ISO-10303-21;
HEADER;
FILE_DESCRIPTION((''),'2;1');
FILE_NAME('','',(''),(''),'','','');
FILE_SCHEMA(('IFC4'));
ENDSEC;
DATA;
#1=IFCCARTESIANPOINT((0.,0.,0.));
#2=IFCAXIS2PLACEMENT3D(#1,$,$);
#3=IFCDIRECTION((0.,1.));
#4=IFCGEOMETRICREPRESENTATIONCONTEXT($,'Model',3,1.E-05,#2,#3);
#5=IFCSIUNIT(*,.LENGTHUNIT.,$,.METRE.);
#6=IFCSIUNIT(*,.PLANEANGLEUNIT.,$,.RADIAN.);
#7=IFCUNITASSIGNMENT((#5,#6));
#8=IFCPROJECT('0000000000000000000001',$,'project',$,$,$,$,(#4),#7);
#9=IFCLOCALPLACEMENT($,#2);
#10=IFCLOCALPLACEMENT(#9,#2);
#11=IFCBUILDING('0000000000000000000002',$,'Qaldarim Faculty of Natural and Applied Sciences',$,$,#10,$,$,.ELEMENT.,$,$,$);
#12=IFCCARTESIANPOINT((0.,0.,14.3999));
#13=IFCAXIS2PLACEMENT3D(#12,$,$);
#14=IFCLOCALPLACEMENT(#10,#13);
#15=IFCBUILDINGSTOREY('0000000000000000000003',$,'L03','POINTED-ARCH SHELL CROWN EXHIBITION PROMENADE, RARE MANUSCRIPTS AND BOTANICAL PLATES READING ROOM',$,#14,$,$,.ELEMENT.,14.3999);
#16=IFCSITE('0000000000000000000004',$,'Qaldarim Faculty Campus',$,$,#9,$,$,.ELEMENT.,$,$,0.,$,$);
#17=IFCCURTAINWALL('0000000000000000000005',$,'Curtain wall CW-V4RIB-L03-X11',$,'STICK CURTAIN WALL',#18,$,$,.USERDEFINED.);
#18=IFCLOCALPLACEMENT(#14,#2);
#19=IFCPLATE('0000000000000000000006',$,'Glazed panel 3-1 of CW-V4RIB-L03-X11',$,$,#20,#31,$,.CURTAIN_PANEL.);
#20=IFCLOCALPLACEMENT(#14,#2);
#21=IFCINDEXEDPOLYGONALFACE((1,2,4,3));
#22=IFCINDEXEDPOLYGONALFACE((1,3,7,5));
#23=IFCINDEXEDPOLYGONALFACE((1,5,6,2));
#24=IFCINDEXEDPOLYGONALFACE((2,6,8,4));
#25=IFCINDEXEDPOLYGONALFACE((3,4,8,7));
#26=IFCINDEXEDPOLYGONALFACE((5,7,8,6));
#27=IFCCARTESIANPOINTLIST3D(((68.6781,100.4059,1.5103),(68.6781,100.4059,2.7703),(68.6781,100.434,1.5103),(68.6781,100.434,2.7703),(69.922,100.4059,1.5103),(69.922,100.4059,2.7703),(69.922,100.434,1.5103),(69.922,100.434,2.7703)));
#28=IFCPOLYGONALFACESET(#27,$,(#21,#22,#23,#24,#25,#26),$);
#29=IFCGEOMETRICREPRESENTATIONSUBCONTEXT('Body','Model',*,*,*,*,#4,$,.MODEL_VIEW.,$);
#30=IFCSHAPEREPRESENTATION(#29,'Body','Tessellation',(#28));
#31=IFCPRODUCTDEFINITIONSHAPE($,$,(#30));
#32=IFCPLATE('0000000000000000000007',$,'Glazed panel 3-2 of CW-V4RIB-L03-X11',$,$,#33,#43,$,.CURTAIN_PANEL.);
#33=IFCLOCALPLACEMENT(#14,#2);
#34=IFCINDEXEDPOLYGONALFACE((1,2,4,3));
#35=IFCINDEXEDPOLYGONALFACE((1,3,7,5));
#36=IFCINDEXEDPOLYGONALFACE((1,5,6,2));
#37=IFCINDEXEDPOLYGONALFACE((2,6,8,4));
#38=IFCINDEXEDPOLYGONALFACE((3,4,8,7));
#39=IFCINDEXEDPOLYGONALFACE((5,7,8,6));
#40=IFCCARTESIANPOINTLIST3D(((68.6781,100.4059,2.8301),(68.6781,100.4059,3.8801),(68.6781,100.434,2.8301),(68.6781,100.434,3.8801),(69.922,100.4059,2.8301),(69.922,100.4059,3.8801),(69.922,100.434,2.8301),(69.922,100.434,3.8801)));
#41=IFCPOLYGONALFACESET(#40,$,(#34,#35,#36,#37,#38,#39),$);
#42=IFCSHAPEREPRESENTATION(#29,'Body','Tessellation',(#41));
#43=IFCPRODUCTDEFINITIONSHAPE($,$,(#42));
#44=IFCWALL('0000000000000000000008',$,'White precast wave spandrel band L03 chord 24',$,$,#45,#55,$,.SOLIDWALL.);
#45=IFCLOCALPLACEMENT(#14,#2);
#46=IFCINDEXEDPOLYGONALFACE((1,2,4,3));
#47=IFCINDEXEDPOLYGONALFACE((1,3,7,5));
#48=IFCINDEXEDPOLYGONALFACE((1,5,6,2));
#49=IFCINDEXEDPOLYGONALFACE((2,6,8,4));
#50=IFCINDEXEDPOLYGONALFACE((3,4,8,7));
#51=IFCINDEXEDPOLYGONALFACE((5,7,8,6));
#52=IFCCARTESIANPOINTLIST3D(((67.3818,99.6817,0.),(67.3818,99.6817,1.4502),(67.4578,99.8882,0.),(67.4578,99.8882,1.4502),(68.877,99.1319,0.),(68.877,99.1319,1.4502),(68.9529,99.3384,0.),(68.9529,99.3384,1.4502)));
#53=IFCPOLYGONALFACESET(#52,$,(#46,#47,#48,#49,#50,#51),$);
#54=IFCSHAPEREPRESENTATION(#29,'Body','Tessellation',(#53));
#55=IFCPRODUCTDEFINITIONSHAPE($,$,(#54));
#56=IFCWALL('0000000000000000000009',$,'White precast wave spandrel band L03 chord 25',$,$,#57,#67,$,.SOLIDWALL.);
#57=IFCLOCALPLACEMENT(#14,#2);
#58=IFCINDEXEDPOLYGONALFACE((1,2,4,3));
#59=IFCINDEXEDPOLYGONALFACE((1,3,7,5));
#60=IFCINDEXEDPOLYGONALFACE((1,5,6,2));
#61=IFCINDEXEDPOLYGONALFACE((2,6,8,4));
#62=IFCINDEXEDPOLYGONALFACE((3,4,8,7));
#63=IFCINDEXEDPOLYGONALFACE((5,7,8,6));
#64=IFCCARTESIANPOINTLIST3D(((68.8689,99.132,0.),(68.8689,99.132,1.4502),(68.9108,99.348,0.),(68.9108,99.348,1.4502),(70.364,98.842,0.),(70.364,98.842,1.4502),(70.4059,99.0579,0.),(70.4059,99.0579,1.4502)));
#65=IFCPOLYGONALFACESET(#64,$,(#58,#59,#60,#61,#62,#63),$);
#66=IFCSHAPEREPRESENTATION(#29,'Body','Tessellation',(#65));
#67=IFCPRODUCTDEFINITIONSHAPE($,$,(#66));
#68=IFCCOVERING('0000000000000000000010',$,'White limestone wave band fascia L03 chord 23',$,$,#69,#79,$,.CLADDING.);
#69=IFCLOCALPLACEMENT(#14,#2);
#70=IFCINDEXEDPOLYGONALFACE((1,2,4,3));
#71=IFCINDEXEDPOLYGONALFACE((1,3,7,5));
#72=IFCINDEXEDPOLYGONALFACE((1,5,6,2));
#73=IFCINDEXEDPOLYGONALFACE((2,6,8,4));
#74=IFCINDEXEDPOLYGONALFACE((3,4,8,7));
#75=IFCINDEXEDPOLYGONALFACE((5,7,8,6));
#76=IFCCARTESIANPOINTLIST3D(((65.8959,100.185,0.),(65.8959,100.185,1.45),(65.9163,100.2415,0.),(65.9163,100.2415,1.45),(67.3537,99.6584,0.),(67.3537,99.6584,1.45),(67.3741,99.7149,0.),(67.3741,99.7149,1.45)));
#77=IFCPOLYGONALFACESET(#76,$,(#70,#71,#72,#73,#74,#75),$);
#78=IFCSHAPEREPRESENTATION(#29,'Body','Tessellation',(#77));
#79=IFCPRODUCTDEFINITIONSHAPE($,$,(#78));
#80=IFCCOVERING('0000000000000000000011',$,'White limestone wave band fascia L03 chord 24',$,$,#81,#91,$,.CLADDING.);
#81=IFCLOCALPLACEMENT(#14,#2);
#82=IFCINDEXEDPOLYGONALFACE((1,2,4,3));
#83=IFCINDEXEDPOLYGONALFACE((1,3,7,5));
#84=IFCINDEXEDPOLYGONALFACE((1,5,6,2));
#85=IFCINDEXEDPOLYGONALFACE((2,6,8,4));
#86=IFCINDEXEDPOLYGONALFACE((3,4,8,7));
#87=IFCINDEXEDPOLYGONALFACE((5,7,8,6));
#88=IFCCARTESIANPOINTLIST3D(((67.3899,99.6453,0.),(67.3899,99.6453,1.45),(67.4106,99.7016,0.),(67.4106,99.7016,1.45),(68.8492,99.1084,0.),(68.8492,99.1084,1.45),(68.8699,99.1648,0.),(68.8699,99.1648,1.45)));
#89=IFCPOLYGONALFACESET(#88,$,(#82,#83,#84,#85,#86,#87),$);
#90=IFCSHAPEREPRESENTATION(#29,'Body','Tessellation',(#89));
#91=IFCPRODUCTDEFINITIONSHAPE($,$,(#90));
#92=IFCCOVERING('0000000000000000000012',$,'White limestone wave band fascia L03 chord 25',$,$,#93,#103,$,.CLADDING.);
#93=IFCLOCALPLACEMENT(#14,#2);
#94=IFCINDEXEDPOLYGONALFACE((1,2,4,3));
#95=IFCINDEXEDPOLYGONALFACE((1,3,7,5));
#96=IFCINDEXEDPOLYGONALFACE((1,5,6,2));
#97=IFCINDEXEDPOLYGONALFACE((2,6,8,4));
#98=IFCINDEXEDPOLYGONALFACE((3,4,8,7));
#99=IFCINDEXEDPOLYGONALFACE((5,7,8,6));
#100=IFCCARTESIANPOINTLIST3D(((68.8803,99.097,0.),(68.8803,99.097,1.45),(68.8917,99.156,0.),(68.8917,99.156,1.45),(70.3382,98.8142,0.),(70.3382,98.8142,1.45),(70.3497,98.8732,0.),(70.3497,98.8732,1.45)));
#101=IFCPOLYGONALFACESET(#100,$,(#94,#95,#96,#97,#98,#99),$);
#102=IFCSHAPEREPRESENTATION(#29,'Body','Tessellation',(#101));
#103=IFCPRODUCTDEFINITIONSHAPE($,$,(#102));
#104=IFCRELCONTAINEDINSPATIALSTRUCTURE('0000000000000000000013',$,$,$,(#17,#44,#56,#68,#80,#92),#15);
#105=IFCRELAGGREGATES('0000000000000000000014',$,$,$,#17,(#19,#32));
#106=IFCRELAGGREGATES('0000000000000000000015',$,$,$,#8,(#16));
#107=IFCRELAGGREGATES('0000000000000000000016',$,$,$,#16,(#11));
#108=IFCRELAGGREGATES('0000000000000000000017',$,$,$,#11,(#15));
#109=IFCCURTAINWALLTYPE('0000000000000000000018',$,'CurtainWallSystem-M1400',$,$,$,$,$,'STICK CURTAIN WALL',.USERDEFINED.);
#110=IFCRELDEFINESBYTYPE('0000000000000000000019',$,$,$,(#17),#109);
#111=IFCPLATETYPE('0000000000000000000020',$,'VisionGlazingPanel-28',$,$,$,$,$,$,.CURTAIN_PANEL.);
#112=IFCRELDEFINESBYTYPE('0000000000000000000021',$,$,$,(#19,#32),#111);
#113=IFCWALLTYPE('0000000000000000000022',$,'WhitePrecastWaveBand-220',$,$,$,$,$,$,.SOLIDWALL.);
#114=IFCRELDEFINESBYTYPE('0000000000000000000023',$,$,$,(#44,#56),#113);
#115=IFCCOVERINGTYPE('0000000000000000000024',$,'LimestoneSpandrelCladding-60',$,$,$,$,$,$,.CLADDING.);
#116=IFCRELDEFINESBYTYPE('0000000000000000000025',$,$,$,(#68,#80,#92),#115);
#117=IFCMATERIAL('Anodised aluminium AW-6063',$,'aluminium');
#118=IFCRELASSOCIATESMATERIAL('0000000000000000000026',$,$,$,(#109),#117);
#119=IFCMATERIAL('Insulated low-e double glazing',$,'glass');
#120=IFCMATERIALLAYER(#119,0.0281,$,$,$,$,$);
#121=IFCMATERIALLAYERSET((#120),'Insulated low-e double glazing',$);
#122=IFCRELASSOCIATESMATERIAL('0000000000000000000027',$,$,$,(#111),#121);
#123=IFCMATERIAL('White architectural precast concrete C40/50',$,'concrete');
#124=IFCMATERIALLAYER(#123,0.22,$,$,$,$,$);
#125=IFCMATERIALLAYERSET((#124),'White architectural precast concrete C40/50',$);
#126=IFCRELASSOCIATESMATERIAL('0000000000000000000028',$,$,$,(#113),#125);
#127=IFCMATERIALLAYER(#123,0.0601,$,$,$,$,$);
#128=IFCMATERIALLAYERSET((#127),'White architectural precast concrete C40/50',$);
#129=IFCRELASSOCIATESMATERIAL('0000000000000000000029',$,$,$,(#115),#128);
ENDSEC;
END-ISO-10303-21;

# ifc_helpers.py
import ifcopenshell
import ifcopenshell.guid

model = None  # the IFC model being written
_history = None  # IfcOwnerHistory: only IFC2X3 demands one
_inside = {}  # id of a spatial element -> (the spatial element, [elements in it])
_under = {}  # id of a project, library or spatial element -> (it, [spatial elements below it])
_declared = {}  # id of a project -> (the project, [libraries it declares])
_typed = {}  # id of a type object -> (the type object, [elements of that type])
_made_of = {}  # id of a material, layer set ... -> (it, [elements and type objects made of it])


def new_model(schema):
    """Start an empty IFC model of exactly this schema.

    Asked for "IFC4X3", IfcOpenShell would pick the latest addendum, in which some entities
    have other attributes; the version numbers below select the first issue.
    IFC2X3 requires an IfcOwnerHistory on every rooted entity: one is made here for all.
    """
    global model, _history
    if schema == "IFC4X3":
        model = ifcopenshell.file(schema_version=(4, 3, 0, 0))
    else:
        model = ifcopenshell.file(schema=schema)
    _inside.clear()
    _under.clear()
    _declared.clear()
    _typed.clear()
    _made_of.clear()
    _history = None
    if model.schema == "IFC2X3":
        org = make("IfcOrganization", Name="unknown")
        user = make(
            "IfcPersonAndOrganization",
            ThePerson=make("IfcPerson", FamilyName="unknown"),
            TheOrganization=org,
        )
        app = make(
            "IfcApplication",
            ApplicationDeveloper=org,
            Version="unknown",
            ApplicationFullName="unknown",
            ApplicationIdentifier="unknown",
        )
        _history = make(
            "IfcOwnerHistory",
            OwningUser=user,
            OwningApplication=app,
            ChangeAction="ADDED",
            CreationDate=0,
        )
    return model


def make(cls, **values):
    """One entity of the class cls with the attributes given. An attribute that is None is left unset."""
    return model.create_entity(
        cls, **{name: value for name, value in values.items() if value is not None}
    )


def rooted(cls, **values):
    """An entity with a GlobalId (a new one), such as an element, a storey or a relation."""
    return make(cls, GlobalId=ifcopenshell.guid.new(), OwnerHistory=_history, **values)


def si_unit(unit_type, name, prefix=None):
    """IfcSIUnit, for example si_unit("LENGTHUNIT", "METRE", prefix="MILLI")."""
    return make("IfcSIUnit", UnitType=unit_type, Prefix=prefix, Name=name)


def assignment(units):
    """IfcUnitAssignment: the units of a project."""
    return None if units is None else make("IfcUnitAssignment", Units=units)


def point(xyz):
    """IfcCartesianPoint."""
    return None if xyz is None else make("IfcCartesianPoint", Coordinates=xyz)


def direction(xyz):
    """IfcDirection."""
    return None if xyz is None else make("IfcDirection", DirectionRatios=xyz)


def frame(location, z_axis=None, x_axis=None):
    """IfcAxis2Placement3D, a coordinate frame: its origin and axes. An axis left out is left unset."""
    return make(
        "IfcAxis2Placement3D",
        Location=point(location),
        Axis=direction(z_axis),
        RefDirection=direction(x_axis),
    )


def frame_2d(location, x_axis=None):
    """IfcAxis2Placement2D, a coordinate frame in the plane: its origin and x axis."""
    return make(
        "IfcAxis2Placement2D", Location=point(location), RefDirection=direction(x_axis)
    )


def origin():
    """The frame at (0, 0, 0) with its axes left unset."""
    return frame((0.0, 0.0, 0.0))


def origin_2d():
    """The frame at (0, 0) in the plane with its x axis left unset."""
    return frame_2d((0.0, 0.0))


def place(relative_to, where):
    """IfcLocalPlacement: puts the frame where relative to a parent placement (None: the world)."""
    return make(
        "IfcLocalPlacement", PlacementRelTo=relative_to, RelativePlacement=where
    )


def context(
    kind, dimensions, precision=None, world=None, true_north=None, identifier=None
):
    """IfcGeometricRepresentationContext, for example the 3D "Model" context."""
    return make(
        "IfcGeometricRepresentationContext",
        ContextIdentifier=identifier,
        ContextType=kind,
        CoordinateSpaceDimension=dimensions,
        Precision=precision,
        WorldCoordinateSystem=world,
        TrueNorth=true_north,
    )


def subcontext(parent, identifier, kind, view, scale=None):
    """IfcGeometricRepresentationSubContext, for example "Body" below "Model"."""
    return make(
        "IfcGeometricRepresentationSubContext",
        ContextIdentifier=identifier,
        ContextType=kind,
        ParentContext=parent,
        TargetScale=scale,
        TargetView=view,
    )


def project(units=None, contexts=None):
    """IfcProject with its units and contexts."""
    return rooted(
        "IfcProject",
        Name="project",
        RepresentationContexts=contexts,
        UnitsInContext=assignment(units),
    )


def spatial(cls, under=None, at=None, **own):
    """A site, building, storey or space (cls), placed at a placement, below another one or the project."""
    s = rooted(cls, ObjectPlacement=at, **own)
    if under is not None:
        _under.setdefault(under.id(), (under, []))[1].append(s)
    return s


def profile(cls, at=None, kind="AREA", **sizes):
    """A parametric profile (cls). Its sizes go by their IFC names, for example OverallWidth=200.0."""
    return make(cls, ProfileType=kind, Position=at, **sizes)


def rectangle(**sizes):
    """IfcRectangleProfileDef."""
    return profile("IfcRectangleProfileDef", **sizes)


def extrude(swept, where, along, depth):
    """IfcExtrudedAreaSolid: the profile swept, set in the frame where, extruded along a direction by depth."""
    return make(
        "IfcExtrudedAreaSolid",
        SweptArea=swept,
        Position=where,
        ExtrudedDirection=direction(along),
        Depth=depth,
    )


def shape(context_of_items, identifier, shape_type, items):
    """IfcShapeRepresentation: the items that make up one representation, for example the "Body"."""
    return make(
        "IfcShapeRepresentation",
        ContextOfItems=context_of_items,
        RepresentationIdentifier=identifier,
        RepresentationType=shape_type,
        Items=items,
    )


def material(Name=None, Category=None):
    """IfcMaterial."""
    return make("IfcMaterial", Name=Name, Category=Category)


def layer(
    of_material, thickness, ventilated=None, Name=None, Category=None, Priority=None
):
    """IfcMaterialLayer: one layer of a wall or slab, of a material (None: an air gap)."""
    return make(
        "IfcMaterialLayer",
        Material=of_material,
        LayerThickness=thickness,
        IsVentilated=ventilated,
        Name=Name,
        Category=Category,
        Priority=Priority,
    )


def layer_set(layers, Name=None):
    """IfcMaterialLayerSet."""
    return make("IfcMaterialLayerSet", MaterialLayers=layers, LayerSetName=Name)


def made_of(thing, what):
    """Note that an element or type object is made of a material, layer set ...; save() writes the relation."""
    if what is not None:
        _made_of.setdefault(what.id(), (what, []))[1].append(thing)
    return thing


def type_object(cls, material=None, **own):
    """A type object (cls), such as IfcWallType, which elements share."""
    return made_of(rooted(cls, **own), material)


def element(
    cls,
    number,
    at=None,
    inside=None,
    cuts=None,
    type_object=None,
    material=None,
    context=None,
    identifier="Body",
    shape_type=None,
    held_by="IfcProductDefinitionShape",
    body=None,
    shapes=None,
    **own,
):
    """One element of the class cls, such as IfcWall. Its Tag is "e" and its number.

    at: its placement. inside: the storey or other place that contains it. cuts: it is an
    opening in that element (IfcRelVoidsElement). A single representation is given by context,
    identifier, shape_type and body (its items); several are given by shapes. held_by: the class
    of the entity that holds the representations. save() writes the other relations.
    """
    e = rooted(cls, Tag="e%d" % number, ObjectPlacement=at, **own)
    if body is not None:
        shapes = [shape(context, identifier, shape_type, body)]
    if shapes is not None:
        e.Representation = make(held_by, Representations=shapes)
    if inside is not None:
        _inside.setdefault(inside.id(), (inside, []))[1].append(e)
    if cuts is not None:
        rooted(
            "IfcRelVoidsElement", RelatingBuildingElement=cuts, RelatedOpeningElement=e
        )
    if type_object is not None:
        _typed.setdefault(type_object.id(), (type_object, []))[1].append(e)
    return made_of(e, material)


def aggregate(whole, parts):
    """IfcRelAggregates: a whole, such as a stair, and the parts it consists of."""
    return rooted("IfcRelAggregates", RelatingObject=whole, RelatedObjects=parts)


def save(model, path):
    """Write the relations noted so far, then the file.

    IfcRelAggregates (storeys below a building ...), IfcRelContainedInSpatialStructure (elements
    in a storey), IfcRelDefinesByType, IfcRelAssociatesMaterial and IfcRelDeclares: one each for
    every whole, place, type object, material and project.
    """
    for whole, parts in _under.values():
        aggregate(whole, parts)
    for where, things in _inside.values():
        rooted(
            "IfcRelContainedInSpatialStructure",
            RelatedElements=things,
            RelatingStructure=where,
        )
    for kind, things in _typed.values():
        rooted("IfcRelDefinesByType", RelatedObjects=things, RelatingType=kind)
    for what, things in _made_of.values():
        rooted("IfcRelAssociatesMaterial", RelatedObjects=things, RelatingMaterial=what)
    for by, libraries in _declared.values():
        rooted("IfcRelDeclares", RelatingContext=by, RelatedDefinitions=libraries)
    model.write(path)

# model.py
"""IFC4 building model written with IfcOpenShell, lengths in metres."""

from ifc_helpers import new_model, si_unit, direction, frame, frame_2d, origin, origin_2d, place, context, subcontext, project, spatial, rectangle, extrude, material, layer, layer_set, type_object, element, aggregate, save


model = new_model("IFC4")

# Units and contexts
model_context = context("Model", 3, precision=1e-05, world=origin(), true_north=direction((0.0, 1.0)))
body_context = subcontext(model_context, "Body", "Model", "MODEL_VIEW")
ifc_project = project(units=[si_unit("LENGTHUNIT", "METRE"), si_unit("PLANEANGLEUNIT", "RADIAN")], contexts=[model_context])

# Site, building, storey
site_placement = place(None, origin())
site = spatial("IfcSite", under=ifc_project, at=site_placement, Name="Qaldarim Faculty Campus", CompositionType="ELEMENT", RefElevation=0.0)
building_placement = place(site_placement, origin())
building = spatial("IfcBuilding", under=site, at=building_placement, Name="Qaldarim Faculty of Natural and Applied Sciences", CompositionType="ELEMENT")
storey_placement = place(building_placement, frame((0.0, 0.0, 14.3999)))
storey = spatial("IfcBuildingStorey", under=building, at=storey_placement, Name="L03", Description="POINTED-ARCH SHELL CROWN EXHIBITION PROMENADE, RARE MANUSCRIPTS AND BOTANICAL PLATES READING ROOM", CompositionType="ELEMENT", Elevation=14.3999)

# Curtain wall, plates
ifc_material_1 = material(Name="Anodised aluminium AW-6063", Category="aluminium")
curtain_wall_type = type_object("IfcCurtainWallType", Name="CurtainWallSystem-M1400", ElementType="STICK CURTAIN WALL", PredefinedType="USERDEFINED", material=ifc_material_1)
curtain_wall_placement = place(storey_placement, origin())
curtain_wall = element("IfcCurtainWall", 1, at=curtain_wall_placement, inside=storey, type_object=curtain_wall_type, Name="Curtain wall CW-V4RIB-L03-X11", ObjectType="STICK CURTAIN WALL", PredefinedType="USERDEFINED")
ifc_material_2 = material(Name="Insulated low-e double glazing", Category="glass")
ifc_layer_1 = layer(ifc_material_2, 0.0281)
ifc_layer_set_1 = layer_set([ifc_layer_1], Name="Insulated low-e double glazing")
plate_type = type_object("IfcPlateType", Name="VisionGlazingPanel-28", PredefinedType="CURTAIN_PANEL", material=ifc_layer_set_1)
plate_1_placement = place(storey_placement, frame((69.3, 100.4199, 1.5103), z_axis=(0.0, 0.0, 1.0), x_axis=(1.0, 0.0, 0.0)))
plate_1 = element("IfcPlate", 2, at=plate_1_placement, type_object=plate_type, Name="Glazed panel 3-1 of CW-V4RIB-L03-X11", PredefinedType="CURTAIN_PANEL", context=body_context, shape_type="SweptSolid", body=[
    extrude(rectangle(XDim=1.2439, YDim=0.0281, at=origin_2d()), origin(), (0.0, 0.0, 1.0), 1.26),
])
plate_2_placement = place(storey_placement, frame((69.3, 100.4199, 2.8301), z_axis=(0.0, 0.0, 1.0), x_axis=(1.0, 0.0, 0.0)))
plate_2 = element("IfcPlate", 3, at=plate_2_placement, type_object=plate_type, Name="Glazed panel 3-2 of CW-V4RIB-L03-X11", PredefinedType="CURTAIN_PANEL", context=body_context, shape_type="SweptSolid", body=[
    extrude(rectangle(XDim=1.2439, YDim=0.0281, at=origin_2d()), origin(), (0.0, 0.0, 1.0), 1.05),
])
aggregate(curtain_wall, [plate_1, plate_2])

# Walls
ifc_material_3 = material(Name="White architectural precast concrete C40/50", Category="concrete")
ifc_layer_2 = layer(ifc_material_3, 0.22)
ifc_layer_set_2 = layer_set([ifc_layer_2], Name="White architectural precast concrete C40/50")
wall_type = type_object("IfcWallType", Name="WhitePrecastWaveBand-220", PredefinedType="SOLIDWALL", material=ifc_layer_set_2)
wall_1_placement = place(storey_placement, frame((67.4199, 99.7849, 0.0), z_axis=(0.0, 0.0, 1.0), x_axis=(0.938552, -0.345137, 0.0)))
element("IfcWall", 4, at=wall_1_placement, inside=storey, type_object=wall_type, Name="White precast wave spandrel band L03 chord 24", PredefinedType="SOLIDWALL", context=body_context, shape_type="SweptSolid", body=[
    extrude(rectangle(XDim=1.593, YDim=0.22, at=frame_2d((0.7964, 0.0))), origin(), (0.0, 0.0, 1.0), 1.4502),
])
wall_2_placement = place(storey_placement, frame((68.8899, 99.24, 0.0), z_axis=(0.0, 0.0, 1.0), x_axis=(0.981699, -0.190441, 0.0)))
element("IfcWall", 5, at=wall_2_placement, inside=storey, type_object=wall_type, Name="White precast wave spandrel band L03 chord 25", PredefinedType="SOLIDWALL", context=body_context, shape_type="SweptSolid", body=[
    extrude(rectangle(XDim=1.5229, YDim=0.22, at=frame_2d((0.7615, 0.0))), origin(), (0.0, 0.0, 1.0), 1.4502),
])

# Coverings
ifc_layer_3 = layer(ifc_material_3, 0.0601)
ifc_layer_set_3 = layer_set([ifc_layer_3], Name="White architectural precast concrete C40/50")
covering_type = type_object("IfcCoveringType", Name="LimestoneSpandrelCladding-60", PredefinedType="CLADDING", material=ifc_layer_set_3)
covering_1_placement = place(storey_placement, frame((66.635, 99.95, 0.0), z_axis=(0.0, 0.0, 1.0), x_axis=(0.940526, -0.339723, 0.0)))
element("IfcCovering", 6, at=covering_1_placement, inside=storey, type_object=covering_type, Name="White limestone wave band fascia L03 chord 23", PredefinedType="CLADDING", context=body_context, shape_type="SweptSolid", body=[
    extrude(rectangle(XDim=1.55, YDim=0.0601, at=origin_2d()), origin(), (0.0, 0.0, 1.0), 1.45),
])
covering_2_placement = place(storey_placement, frame((68.1299, 99.405, 0.0), z_axis=(0.0, 0.0, 1.0), x_axis=(0.938505, -0.345265, 0.0)))
element("IfcCovering", 7, at=covering_2_placement, inside=storey, type_object=covering_type, Name="White limestone wave band fascia L03 chord 24", PredefinedType="CLADDING", context=body_context, shape_type="SweptSolid", body=[
    extrude(rectangle(XDim=1.5549, YDim=0.0601, at=origin_2d()), origin(), (0.0, 0.0, 1.0), 1.45),
])
covering_3_placement = place(storey_placement, frame((69.615, 98.9851, 0.0), z_axis=(0.0, 0.0, 1.0), x_axis=(0.9817, -0.190432, 0.0)))
element("IfcCovering", 8, at=covering_3_placement, inside=storey, type_object=covering_type, Name="White limestone wave band fascia L03 chord 25", PredefinedType="CLADDING", context=body_context, shape_type="SweptSolid", body=[
    extrude(rectangle(XDim=1.4851, YDim=0.0601, at=origin_2d()), origin(), (0.0, 0.0, 1.0), 1.45),
])

save(model, "model.ifc")
